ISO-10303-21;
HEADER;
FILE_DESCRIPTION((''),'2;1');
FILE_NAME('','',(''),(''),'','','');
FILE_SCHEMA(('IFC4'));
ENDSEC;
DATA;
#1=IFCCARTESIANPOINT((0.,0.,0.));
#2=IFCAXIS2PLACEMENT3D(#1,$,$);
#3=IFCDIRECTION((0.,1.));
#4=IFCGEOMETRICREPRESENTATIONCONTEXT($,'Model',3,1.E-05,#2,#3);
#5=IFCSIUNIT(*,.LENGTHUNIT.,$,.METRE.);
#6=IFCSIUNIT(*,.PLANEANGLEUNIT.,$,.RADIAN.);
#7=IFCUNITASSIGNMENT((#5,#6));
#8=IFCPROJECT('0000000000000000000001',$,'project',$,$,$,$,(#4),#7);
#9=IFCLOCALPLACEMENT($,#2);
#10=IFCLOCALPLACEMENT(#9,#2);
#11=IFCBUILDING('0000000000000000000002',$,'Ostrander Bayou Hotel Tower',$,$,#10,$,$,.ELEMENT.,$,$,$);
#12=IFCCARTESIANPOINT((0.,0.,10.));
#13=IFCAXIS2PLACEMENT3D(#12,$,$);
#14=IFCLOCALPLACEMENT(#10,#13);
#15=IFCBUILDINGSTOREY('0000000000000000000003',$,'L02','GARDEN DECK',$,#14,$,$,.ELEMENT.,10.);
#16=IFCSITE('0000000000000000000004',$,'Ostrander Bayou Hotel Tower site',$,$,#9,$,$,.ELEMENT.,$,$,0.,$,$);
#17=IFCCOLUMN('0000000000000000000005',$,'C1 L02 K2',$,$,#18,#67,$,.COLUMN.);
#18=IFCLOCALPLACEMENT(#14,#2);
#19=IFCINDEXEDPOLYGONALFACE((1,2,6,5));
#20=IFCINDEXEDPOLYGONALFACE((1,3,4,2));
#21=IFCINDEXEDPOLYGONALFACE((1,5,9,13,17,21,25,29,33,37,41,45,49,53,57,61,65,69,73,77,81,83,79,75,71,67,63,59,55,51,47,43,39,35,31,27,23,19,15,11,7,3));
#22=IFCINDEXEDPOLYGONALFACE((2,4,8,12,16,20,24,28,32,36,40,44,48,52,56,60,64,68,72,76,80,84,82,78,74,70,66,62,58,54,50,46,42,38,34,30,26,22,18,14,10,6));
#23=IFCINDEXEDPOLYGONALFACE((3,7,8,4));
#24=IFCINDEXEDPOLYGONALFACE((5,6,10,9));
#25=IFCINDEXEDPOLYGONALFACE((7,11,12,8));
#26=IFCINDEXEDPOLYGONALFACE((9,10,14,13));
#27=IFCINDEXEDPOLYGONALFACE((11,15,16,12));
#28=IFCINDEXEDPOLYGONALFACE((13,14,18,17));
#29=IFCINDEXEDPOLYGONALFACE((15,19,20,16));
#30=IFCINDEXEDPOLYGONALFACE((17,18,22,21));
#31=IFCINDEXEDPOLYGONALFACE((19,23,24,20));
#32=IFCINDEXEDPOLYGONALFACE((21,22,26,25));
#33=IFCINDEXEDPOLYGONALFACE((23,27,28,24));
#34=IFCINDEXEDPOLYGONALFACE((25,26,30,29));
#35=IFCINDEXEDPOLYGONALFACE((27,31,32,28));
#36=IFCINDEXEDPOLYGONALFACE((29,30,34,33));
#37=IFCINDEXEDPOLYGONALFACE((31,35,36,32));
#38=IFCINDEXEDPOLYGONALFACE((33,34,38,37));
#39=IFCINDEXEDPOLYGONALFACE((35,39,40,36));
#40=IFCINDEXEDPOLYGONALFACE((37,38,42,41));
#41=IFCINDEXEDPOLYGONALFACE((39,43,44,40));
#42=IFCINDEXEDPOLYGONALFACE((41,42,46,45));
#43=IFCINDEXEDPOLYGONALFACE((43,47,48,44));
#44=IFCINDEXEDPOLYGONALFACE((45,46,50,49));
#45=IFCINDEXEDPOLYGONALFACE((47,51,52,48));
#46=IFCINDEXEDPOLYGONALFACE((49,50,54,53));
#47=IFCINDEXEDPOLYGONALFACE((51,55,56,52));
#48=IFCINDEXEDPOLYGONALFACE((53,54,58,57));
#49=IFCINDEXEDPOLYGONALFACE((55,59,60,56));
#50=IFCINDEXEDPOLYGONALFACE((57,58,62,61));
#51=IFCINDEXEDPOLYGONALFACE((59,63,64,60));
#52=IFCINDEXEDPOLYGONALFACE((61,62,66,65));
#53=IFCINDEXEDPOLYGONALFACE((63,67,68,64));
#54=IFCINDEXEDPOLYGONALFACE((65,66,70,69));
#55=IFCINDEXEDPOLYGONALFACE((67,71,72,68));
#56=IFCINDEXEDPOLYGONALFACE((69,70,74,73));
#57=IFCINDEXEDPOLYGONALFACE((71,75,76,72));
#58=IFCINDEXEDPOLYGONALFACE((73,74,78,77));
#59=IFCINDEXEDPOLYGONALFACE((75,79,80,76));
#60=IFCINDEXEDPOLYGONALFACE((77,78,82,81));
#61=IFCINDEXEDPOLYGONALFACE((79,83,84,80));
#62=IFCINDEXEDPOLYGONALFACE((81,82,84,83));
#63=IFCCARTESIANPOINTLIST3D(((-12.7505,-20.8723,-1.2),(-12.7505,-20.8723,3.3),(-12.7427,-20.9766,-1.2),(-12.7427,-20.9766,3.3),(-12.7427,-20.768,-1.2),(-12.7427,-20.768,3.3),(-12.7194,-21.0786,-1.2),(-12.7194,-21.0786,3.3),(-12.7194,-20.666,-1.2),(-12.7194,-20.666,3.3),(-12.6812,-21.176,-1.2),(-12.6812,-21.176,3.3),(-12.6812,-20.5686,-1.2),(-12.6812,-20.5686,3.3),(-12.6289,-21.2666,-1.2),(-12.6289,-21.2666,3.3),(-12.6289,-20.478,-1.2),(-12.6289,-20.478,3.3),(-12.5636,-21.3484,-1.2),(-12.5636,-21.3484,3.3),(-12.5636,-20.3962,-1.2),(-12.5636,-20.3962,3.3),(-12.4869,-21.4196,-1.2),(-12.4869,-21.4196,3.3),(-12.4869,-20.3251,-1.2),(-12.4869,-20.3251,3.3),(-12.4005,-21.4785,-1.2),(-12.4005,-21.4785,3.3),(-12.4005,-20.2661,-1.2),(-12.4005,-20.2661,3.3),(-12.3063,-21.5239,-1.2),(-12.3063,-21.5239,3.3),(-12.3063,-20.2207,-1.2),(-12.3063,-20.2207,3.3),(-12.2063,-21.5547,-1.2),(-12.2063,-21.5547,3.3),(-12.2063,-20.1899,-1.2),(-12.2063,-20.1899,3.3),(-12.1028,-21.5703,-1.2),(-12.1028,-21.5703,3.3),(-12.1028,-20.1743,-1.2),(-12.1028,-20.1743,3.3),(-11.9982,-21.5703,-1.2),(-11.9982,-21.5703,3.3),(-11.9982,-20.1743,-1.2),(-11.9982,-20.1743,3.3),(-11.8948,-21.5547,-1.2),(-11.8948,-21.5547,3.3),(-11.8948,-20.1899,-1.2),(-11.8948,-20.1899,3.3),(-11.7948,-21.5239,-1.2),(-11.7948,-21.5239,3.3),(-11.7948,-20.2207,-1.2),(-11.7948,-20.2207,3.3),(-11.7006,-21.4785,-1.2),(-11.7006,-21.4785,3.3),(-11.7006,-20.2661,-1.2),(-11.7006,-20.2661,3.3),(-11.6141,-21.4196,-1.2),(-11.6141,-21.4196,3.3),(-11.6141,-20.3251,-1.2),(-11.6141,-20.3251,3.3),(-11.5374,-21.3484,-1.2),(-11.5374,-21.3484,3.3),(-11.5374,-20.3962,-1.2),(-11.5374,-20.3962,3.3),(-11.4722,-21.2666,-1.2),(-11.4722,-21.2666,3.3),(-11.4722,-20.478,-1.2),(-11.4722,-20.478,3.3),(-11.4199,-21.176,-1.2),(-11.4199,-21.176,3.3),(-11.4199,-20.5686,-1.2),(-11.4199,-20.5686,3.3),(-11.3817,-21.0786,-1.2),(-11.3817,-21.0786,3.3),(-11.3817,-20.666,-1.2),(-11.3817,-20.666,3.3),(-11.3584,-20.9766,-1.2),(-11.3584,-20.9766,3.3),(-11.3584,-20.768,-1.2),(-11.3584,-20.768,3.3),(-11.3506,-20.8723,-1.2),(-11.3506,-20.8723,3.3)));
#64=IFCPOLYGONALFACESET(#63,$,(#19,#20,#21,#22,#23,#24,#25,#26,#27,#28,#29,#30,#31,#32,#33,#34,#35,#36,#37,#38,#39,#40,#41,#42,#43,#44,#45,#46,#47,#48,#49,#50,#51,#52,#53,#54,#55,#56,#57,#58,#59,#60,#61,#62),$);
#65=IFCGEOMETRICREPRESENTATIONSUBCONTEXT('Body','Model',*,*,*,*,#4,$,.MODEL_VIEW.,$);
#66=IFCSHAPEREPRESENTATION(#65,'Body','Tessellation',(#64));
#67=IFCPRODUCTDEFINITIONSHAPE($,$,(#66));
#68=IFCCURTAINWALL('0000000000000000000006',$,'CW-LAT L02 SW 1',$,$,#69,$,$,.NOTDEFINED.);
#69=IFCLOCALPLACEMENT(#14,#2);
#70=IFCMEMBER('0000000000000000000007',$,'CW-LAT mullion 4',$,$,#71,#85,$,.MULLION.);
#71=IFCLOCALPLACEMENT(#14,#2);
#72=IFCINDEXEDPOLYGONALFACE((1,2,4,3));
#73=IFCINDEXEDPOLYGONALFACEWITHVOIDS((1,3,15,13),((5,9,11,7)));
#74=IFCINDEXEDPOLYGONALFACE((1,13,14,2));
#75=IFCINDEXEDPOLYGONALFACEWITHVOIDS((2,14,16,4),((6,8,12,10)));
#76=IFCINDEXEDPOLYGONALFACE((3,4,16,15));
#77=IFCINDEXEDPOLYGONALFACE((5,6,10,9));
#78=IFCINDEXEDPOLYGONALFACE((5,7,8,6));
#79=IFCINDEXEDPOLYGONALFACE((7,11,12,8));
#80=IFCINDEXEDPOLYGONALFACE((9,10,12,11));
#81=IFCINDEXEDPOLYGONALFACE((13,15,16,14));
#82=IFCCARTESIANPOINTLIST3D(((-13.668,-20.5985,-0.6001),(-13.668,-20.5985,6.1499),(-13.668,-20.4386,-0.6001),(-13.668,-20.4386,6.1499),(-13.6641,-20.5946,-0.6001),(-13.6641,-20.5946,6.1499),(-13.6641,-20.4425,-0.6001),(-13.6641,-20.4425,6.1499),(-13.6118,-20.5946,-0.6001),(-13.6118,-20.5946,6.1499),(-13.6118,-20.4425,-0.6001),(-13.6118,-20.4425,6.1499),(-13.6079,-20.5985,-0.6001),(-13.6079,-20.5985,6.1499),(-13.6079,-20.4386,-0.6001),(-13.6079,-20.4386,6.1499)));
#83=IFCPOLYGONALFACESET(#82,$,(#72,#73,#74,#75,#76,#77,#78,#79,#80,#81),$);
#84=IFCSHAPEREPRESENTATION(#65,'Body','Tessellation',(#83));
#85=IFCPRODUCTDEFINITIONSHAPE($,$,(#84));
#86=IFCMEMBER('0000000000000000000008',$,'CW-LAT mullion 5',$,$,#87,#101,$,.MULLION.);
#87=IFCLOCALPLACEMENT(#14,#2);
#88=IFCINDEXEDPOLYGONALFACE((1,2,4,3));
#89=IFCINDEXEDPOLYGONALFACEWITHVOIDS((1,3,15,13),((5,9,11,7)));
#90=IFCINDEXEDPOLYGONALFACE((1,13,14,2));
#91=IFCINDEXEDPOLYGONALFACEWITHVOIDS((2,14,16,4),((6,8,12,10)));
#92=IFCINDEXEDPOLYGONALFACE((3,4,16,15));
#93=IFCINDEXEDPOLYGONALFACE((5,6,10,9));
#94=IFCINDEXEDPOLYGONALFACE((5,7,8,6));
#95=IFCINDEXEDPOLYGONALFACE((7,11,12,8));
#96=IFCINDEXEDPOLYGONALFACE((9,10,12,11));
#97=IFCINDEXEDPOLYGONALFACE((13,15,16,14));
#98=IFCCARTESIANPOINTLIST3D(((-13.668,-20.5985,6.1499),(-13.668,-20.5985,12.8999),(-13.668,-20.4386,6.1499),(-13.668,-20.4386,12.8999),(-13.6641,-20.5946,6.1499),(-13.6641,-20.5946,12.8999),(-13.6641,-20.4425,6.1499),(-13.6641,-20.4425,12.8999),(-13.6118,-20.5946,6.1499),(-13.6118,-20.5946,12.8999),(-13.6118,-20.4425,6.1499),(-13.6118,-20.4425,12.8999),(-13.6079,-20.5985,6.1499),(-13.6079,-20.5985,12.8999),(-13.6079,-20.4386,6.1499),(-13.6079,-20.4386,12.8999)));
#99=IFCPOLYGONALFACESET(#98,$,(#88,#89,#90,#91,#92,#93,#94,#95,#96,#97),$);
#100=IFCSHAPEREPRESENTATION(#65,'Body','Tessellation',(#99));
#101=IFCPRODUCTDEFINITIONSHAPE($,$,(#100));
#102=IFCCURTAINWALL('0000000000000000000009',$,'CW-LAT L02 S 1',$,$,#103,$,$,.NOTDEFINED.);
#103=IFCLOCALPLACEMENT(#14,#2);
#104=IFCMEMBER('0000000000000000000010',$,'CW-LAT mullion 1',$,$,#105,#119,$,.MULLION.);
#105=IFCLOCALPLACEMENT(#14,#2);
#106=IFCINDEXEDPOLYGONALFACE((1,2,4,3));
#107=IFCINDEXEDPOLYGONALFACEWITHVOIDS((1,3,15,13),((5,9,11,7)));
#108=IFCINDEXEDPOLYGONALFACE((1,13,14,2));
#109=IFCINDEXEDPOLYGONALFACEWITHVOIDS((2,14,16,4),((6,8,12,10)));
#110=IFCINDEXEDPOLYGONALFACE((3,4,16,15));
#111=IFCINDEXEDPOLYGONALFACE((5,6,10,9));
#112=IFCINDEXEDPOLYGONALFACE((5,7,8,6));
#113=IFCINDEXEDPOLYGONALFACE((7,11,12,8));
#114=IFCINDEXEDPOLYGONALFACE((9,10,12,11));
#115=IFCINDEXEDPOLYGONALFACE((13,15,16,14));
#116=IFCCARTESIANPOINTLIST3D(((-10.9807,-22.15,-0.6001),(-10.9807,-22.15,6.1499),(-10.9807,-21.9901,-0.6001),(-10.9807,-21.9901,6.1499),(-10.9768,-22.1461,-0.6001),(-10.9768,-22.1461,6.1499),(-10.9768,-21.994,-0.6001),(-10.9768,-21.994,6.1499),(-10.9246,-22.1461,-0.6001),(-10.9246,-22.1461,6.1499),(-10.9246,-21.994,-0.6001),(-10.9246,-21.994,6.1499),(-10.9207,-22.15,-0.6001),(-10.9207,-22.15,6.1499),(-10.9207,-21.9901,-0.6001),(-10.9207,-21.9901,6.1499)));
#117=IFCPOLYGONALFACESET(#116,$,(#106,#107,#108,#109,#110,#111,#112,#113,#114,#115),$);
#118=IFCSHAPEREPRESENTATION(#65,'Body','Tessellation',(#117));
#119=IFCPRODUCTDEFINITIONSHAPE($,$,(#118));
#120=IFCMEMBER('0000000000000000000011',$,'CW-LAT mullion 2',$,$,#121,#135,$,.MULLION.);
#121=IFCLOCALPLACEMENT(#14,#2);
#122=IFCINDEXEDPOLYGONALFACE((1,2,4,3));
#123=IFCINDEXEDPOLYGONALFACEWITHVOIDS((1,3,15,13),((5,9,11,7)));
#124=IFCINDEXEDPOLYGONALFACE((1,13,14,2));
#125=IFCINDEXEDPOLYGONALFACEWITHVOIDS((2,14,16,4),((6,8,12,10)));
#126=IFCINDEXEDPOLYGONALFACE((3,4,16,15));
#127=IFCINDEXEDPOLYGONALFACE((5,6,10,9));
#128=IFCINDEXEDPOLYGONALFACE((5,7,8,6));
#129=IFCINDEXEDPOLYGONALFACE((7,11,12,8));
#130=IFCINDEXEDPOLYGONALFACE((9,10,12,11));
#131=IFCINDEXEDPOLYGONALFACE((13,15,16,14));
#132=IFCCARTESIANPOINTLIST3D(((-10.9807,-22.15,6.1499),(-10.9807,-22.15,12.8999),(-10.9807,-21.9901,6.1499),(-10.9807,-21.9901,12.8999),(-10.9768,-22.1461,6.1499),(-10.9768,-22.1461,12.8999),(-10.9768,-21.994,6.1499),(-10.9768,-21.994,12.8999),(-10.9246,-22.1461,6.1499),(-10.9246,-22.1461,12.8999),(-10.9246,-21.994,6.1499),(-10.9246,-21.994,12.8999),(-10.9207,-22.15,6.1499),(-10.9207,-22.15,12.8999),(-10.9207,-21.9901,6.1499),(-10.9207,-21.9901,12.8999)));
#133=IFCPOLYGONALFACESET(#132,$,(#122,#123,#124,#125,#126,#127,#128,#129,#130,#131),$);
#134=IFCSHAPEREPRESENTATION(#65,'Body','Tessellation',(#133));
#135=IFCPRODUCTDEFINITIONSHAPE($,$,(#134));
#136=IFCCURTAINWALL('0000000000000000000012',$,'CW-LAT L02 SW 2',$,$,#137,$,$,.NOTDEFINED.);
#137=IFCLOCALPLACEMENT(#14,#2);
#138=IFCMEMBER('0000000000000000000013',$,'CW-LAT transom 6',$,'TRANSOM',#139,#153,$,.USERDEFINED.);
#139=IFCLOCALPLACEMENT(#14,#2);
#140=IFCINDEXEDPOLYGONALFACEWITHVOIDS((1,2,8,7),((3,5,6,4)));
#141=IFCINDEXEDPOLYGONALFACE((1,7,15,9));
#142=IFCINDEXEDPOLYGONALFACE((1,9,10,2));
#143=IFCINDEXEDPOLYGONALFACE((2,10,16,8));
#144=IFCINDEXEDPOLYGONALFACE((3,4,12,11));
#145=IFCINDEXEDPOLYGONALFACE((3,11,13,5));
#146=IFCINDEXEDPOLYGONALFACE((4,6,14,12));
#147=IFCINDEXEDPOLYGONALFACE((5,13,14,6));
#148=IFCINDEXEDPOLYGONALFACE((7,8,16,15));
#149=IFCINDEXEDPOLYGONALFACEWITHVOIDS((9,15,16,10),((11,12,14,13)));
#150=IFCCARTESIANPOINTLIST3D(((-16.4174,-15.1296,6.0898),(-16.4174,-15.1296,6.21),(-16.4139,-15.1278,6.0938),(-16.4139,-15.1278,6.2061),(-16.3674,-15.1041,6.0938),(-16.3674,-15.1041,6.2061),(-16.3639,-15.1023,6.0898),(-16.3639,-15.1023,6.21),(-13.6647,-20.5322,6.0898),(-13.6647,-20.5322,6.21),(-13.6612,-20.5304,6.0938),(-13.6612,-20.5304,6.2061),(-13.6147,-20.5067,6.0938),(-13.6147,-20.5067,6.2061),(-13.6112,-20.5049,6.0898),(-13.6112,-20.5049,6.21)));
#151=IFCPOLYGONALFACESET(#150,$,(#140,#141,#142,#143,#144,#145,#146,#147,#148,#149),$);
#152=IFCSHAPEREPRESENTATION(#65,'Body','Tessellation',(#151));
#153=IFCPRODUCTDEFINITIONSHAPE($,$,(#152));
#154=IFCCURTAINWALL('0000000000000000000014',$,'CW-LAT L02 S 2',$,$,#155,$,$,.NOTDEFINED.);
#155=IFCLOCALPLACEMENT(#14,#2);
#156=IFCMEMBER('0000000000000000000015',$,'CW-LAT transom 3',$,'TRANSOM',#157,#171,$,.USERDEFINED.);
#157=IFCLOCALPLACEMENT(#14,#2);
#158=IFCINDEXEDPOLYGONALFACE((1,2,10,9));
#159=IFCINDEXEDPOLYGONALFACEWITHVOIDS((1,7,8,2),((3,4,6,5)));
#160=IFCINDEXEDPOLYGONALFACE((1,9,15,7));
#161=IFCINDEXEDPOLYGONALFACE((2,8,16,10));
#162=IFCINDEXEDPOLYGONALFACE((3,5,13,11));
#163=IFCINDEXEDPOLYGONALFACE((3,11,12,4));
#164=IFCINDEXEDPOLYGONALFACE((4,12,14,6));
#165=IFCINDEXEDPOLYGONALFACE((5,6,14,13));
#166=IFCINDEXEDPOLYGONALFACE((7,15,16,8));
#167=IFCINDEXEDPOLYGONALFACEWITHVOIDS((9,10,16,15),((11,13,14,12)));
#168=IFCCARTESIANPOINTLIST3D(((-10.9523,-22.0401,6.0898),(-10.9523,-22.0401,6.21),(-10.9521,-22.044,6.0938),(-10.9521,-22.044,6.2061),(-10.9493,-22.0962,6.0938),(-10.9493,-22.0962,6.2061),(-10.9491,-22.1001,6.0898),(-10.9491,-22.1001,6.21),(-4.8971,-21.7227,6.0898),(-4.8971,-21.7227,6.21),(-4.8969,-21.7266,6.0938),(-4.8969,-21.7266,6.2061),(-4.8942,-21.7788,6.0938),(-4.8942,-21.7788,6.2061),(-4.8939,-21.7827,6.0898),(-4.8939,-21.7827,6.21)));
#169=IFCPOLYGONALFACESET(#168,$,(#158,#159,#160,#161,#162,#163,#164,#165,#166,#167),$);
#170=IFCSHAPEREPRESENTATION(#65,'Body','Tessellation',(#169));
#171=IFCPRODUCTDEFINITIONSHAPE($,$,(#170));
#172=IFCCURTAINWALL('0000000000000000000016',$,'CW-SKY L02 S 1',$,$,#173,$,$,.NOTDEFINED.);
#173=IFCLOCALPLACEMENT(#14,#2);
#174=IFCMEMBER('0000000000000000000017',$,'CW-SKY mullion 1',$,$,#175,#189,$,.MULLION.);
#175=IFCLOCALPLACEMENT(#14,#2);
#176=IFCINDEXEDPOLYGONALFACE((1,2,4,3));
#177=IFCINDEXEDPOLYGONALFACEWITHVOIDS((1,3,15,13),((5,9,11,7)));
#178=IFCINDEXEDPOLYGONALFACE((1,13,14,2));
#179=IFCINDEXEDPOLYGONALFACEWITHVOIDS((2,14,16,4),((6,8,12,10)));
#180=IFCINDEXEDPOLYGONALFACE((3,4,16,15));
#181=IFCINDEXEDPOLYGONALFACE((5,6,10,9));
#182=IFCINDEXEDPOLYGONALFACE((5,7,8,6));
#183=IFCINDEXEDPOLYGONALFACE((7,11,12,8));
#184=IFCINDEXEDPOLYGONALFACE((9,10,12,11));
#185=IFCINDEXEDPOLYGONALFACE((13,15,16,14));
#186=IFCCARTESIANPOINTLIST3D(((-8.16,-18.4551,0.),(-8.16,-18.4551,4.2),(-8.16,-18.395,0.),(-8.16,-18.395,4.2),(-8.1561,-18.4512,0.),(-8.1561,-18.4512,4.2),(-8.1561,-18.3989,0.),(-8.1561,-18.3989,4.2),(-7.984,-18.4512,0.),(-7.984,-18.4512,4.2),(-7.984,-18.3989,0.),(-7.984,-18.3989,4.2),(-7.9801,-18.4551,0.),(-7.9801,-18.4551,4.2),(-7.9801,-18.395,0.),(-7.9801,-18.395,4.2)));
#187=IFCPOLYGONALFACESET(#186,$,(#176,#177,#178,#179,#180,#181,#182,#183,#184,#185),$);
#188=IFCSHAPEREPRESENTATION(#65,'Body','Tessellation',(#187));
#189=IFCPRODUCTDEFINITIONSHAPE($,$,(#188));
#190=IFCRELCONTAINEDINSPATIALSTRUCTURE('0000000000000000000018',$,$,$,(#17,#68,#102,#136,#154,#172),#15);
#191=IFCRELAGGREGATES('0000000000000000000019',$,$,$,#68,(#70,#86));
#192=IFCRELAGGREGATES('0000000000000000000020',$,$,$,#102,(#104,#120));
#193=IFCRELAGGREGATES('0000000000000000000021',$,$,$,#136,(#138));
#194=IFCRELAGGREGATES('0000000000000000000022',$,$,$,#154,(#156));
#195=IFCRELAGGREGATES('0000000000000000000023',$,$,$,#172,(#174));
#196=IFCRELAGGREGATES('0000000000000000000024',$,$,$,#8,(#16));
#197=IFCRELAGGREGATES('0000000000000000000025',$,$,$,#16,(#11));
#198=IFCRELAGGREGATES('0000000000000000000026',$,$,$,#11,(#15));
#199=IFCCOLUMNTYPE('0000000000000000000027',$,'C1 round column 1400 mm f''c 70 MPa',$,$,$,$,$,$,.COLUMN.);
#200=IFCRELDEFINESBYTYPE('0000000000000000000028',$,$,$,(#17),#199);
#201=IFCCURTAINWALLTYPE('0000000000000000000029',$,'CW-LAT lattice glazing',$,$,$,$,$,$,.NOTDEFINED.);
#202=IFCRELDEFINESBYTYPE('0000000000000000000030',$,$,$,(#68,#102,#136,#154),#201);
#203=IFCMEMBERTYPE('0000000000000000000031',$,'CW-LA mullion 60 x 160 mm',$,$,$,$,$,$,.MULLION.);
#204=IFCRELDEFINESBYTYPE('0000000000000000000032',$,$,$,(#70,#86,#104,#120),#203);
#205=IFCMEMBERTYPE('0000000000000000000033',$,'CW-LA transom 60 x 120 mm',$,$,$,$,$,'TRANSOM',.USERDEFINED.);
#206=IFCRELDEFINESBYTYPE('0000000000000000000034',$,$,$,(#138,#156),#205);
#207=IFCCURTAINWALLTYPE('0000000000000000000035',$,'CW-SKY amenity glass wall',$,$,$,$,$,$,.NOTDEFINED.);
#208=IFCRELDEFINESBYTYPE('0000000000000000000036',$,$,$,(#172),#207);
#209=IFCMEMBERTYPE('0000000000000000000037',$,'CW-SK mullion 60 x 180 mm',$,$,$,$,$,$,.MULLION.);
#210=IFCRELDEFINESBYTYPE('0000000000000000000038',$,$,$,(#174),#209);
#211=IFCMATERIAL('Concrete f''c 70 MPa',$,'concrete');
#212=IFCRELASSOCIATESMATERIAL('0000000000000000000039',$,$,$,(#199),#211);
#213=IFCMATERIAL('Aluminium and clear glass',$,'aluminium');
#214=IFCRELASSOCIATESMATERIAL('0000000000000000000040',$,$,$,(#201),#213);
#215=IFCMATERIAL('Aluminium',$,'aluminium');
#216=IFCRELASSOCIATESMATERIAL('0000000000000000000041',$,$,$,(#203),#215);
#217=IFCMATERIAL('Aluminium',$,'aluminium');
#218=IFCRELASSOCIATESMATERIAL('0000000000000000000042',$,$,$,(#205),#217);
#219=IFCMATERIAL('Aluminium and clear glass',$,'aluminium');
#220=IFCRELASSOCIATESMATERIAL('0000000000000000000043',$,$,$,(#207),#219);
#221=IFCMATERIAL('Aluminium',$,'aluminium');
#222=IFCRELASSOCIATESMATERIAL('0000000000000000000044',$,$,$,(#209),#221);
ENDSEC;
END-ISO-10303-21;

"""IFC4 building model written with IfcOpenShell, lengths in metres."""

from ifc_helpers import new_model, si_unit, direction, frame, origin, origin_2d, place, context, subcontext, project, spatial, hollow_rectangle, circle, extrude, material, material_profile, profile_set, type_object, element, aggregate, save


model = new_model("IFC4")

# Units and contexts
model_context = context("Model", 3, precision=1e-05, world=origin(), true_north=direction((0.0, 1.0)))
body_context = subcontext(model_context, "Body", "Model", "MODEL_VIEW")
ifc_project = project(units=[si_unit("LENGTHUNIT", "METRE"), si_unit("PLANEANGLEUNIT", "RADIAN")], contexts=[model_context])

# Site, building, storey
site_placement = place(None, origin())
site = spatial("IfcSite", under=ifc_project, at=site_placement, Name="Ostrander Bayou Hotel Tower site", CompositionType="ELEMENT", RefElevation=0.0)
building_placement = place(site_placement, origin())
building = spatial("IfcBuilding", under=site, at=building_placement, Name="Ostrander Bayou Hotel Tower", CompositionType="ELEMENT")
storey_placement = place(building_placement, frame((0.0, 0.0, 10.0)))
storey = spatial("IfcBuildingStorey", under=building, at=storey_placement, Name="L02", Description="GARDEN DECK", CompositionType="ELEMENT", Elevation=10.0)

# Column
ifc_material_1 = material(Name="Concrete f'c 70 MPa", Category="concrete")
ifc_material_profile_1 = material_profile(ifc_material_1, circle(Radius=0.7, at=origin_2d()))
ifc_profile_set_1 = profile_set([ifc_material_profile_1], Name="Concrete f'c 70 MPa")
column_type = type_object("IfcColumnType", Name="C1 round column 1400 mm f'c 70 MPa", PredefinedType="COLUMN", material=ifc_profile_set_1)
column_placement = place(storey_placement, frame((-12.0505, -20.8723, -1.2), z_axis=(0.0, 0.0, 1.0), x_axis=(1.0, 0.0, 0.0)))
element("IfcColumn", 1, at=column_placement, inside=storey, type_object=column_type, Name="C1 L02 K2", PredefinedType="COLUMN", context=body_context, shape_type="SweptSolid", body=[
    extrude(circle(Radius=0.7, at=origin_2d()), origin(), (0.0, 0.0, 1.0), 4.5),
])

# Curtain walls, members
ifc_material_2 = material(Name="Aluminium and clear glass", Category="aluminium")
curtain_wall_type_1 = type_object("IfcCurtainWallType", Name="CW-LAT lattice glazing", PredefinedType="NOTDEFINED", material=ifc_material_2)
curtain_wall_1_placement = place(storey_placement, origin())
curtain_wall_1 = element("IfcCurtainWall", 2, at=curtain_wall_1_placement, inside=storey, type_object=curtain_wall_type_1, Name="CW-LAT L02 SW 1", PredefinedType="NOTDEFINED")
ifc_material_3 = material(Name="Aluminium", Category="aluminium")
ifc_material_profile_2 = material_profile(ifc_material_3, hollow_rectangle(XDim=0.0601, YDim=0.1599, WallThickness=0.0039, at=origin_2d()))
ifc_profile_set_2 = profile_set([ifc_material_profile_2], Name="Aluminium")
member_type_1 = type_object("IfcMemberType", Name="CW-LA mullion 60 x 160 mm", PredefinedType="MULLION", material=ifc_profile_set_2)
member_1_placement = place(storey_placement, frame((-13.6379, -20.5186, -0.6001), z_axis=(0.0, 0.0, 1.0), x_axis=(1.0, 0.0, 0.0)))
member_1 = element("IfcMember", 3, at=member_1_placement, type_object=member_type_1, Name="CW-LAT mullion 4", PredefinedType="MULLION", context=body_context, shape_type="SweptSolid", body=[
    extrude(hollow_rectangle(XDim=0.0601, YDim=0.1599, WallThickness=0.0039, at=origin_2d()), origin(), (0.0, 0.0, 1.0), 6.75),
])
member_2_placement = place(storey_placement, frame((-13.6379, -20.5186, 6.1499), z_axis=(0.0, 0.0, 1.0), x_axis=(1.0, 0.0, 0.0)))
member_2 = element("IfcMember", 4, at=member_2_placement, type_object=member_type_1, Name="CW-LAT mullion 5", PredefinedType="MULLION", context=body_context, shape_type="SweptSolid", body=[
    extrude(hollow_rectangle(XDim=0.0601, YDim=0.1599, WallThickness=0.0039, at=origin_2d()), origin(), (0.0, 0.0, 1.0), 6.75),
])
aggregate(curtain_wall_1, [member_1, member_2])
curtain_wall_2_placement = place(storey_placement, origin())
curtain_wall_2 = element("IfcCurtainWall", 5, at=curtain_wall_2_placement, inside=storey, type_object=curtain_wall_type_1, Name="CW-LAT L02 S 1", PredefinedType="NOTDEFINED")
member_3_placement = place(storey_placement, frame((-10.9507, -22.0701, -0.6001), z_axis=(0.0, 0.0, 1.0), x_axis=(1.0, 0.0, 0.0)))
member_3 = element("IfcMember", 6, at=member_3_placement, type_object=member_type_1, Name="CW-LAT mullion 1", PredefinedType="MULLION", context=body_context, shape_type="SweptSolid", body=[
    extrude(hollow_rectangle(XDim=0.0601, YDim=0.1599, WallThickness=0.0039, at=origin_2d()), origin(), (0.0, 0.0, 1.0), 6.75),
])
member_4_placement = place(storey_placement, frame((-10.9507, -22.0701, 6.1499), z_axis=(0.0, 0.0, 1.0), x_axis=(1.0, 0.0, 0.0)))
member_4 = element("IfcMember", 7, at=member_4_placement, type_object=member_type_1, Name="CW-LAT mullion 2", PredefinedType="MULLION", context=body_context, shape_type="SweptSolid", body=[
    extrude(hollow_rectangle(XDim=0.0601, YDim=0.1599, WallThickness=0.0039, at=origin_2d()), origin(), (0.0, 0.0, 1.0), 6.75),
])
aggregate(curtain_wall_2, [member_3, member_4])

# Curtain walls, members
curtain_wall_3_placement = place(storey_placement, origin())
curtain_wall_3 = element("IfcCurtainWall", 8, at=curtain_wall_3_placement, inside=storey, type_object=curtain_wall_type_1, Name="CW-LAT L02 SW 2", PredefinedType="NOTDEFINED")
ifc_material_4 = material(Name="Aluminium", Category="aluminium")
ifc_material_profile_3 = material_profile(ifc_material_4, hollow_rectangle(XDim=0.0601, YDim=0.1201, WallThickness=0.0039, at=origin_2d()))
ifc_profile_set_3 = profile_set([ifc_material_profile_3], Name="Aluminium")
member_type_2 = type_object("IfcMemberType", Name="CW-LA transom 60 x 120 mm", ElementType="TRANSOM", PredefinedType="USERDEFINED", material=ifc_profile_set_3)
member_5_placement = place(storey_placement, frame((-13.6379, -20.5186, 6.1499), z_axis=(-0.453981, 0.891011, 0.0), x_axis=(-0.891011, -0.453981, 0.0)))
member_5 = element("IfcMember", 9, at=member_5_placement, type_object=member_type_2, Name="CW-LAT transom 6", ObjectType="TRANSOM", PredefinedType="USERDEFINED", context=body_context, shape_type="SweptSolid", body=[
    extrude(hollow_rectangle(XDim=0.0601, YDim=0.1201, WallThickness=0.0039, at=origin_2d()), origin(), (0.0, 0.0, 1.0), 6.0635),
])
aggregate(curtain_wall_3, [member_5])
curtain_wall_4_placement = place(storey_placement, origin())
curtain_wall_4 = element("IfcCurtainWall", 10, at=curtain_wall_4_placement, inside=storey, type_object=curtain_wall_type_1, Name="CW-LAT L02 S 2", PredefinedType="NOTDEFINED")
member_6_placement = place(storey_placement, frame((-10.9507, -22.0701, 6.1499), z_axis=(0.998629, 0.052343, 0.0), x_axis=(-0.052343, 0.998629, 0.0)))
member_6 = element("IfcMember", 11, at=member_6_placement, type_object=member_type_2, Name="CW-LAT transom 3", ObjectType="TRANSOM", PredefinedType="USERDEFINED", context=body_context, shape_type="SweptSolid", body=[
    extrude(hollow_rectangle(XDim=0.0601, YDim=0.1201, WallThickness=0.0039, at=origin_2d()), origin(), (0.0, 0.0, 1.0), 6.0635),
])
aggregate(curtain_wall_4, [member_6])

# Curtain wall, member
ifc_material_5 = material(Name="Aluminium and clear glass", Category="aluminium")
curtain_wall_type_2 = type_object("IfcCurtainWallType", Name="CW-SKY amenity glass wall", PredefinedType="NOTDEFINED", material=ifc_material_5)
curtain_wall_5_placement = place(storey_placement, origin())
curtain_wall_5 = element("IfcCurtainWall", 12, at=curtain_wall_5_placement, inside=storey, type_object=curtain_wall_type_2, Name="CW-SKY L02 S 1", PredefinedType="NOTDEFINED")
ifc_material_6 = material(Name="Aluminium", Category="aluminium")
ifc_material_profile_4 = material_profile(ifc_material_6, hollow_rectangle(XDim=0.0601, YDim=0.1799, WallThickness=0.0039, at=origin_2d()))
ifc_profile_set_4 = profile_set([ifc_material_profile_4], Name="Aluminium")
member_type_3 = type_object("IfcMemberType", Name="CW-SK mullion 60 x 180 mm", PredefinedType="MULLION", material=ifc_profile_set_4)
member_7_placement = place(storey_placement, frame((-8.0701, -18.425, 0.0), z_axis=(0.0, 0.0, 1.0), x_axis=(0.0, 1.0, 0.0)))
member_7 = element("IfcMember", 13, at=member_7_placement, type_object=member_type_3, Name="CW-SKY mullion 1", PredefinedType="MULLION", context=body_context, shape_type="SweptSolid", body=[
    extrude(hollow_rectangle(XDim=0.0601, YDim=0.1799, WallThickness=0.0039, at=origin_2d()), origin(), (0.0, 0.0, 1.0), 4.2),
])

aggregate(curtain_wall_5, [member_7])

save(model, "model.ifc")
